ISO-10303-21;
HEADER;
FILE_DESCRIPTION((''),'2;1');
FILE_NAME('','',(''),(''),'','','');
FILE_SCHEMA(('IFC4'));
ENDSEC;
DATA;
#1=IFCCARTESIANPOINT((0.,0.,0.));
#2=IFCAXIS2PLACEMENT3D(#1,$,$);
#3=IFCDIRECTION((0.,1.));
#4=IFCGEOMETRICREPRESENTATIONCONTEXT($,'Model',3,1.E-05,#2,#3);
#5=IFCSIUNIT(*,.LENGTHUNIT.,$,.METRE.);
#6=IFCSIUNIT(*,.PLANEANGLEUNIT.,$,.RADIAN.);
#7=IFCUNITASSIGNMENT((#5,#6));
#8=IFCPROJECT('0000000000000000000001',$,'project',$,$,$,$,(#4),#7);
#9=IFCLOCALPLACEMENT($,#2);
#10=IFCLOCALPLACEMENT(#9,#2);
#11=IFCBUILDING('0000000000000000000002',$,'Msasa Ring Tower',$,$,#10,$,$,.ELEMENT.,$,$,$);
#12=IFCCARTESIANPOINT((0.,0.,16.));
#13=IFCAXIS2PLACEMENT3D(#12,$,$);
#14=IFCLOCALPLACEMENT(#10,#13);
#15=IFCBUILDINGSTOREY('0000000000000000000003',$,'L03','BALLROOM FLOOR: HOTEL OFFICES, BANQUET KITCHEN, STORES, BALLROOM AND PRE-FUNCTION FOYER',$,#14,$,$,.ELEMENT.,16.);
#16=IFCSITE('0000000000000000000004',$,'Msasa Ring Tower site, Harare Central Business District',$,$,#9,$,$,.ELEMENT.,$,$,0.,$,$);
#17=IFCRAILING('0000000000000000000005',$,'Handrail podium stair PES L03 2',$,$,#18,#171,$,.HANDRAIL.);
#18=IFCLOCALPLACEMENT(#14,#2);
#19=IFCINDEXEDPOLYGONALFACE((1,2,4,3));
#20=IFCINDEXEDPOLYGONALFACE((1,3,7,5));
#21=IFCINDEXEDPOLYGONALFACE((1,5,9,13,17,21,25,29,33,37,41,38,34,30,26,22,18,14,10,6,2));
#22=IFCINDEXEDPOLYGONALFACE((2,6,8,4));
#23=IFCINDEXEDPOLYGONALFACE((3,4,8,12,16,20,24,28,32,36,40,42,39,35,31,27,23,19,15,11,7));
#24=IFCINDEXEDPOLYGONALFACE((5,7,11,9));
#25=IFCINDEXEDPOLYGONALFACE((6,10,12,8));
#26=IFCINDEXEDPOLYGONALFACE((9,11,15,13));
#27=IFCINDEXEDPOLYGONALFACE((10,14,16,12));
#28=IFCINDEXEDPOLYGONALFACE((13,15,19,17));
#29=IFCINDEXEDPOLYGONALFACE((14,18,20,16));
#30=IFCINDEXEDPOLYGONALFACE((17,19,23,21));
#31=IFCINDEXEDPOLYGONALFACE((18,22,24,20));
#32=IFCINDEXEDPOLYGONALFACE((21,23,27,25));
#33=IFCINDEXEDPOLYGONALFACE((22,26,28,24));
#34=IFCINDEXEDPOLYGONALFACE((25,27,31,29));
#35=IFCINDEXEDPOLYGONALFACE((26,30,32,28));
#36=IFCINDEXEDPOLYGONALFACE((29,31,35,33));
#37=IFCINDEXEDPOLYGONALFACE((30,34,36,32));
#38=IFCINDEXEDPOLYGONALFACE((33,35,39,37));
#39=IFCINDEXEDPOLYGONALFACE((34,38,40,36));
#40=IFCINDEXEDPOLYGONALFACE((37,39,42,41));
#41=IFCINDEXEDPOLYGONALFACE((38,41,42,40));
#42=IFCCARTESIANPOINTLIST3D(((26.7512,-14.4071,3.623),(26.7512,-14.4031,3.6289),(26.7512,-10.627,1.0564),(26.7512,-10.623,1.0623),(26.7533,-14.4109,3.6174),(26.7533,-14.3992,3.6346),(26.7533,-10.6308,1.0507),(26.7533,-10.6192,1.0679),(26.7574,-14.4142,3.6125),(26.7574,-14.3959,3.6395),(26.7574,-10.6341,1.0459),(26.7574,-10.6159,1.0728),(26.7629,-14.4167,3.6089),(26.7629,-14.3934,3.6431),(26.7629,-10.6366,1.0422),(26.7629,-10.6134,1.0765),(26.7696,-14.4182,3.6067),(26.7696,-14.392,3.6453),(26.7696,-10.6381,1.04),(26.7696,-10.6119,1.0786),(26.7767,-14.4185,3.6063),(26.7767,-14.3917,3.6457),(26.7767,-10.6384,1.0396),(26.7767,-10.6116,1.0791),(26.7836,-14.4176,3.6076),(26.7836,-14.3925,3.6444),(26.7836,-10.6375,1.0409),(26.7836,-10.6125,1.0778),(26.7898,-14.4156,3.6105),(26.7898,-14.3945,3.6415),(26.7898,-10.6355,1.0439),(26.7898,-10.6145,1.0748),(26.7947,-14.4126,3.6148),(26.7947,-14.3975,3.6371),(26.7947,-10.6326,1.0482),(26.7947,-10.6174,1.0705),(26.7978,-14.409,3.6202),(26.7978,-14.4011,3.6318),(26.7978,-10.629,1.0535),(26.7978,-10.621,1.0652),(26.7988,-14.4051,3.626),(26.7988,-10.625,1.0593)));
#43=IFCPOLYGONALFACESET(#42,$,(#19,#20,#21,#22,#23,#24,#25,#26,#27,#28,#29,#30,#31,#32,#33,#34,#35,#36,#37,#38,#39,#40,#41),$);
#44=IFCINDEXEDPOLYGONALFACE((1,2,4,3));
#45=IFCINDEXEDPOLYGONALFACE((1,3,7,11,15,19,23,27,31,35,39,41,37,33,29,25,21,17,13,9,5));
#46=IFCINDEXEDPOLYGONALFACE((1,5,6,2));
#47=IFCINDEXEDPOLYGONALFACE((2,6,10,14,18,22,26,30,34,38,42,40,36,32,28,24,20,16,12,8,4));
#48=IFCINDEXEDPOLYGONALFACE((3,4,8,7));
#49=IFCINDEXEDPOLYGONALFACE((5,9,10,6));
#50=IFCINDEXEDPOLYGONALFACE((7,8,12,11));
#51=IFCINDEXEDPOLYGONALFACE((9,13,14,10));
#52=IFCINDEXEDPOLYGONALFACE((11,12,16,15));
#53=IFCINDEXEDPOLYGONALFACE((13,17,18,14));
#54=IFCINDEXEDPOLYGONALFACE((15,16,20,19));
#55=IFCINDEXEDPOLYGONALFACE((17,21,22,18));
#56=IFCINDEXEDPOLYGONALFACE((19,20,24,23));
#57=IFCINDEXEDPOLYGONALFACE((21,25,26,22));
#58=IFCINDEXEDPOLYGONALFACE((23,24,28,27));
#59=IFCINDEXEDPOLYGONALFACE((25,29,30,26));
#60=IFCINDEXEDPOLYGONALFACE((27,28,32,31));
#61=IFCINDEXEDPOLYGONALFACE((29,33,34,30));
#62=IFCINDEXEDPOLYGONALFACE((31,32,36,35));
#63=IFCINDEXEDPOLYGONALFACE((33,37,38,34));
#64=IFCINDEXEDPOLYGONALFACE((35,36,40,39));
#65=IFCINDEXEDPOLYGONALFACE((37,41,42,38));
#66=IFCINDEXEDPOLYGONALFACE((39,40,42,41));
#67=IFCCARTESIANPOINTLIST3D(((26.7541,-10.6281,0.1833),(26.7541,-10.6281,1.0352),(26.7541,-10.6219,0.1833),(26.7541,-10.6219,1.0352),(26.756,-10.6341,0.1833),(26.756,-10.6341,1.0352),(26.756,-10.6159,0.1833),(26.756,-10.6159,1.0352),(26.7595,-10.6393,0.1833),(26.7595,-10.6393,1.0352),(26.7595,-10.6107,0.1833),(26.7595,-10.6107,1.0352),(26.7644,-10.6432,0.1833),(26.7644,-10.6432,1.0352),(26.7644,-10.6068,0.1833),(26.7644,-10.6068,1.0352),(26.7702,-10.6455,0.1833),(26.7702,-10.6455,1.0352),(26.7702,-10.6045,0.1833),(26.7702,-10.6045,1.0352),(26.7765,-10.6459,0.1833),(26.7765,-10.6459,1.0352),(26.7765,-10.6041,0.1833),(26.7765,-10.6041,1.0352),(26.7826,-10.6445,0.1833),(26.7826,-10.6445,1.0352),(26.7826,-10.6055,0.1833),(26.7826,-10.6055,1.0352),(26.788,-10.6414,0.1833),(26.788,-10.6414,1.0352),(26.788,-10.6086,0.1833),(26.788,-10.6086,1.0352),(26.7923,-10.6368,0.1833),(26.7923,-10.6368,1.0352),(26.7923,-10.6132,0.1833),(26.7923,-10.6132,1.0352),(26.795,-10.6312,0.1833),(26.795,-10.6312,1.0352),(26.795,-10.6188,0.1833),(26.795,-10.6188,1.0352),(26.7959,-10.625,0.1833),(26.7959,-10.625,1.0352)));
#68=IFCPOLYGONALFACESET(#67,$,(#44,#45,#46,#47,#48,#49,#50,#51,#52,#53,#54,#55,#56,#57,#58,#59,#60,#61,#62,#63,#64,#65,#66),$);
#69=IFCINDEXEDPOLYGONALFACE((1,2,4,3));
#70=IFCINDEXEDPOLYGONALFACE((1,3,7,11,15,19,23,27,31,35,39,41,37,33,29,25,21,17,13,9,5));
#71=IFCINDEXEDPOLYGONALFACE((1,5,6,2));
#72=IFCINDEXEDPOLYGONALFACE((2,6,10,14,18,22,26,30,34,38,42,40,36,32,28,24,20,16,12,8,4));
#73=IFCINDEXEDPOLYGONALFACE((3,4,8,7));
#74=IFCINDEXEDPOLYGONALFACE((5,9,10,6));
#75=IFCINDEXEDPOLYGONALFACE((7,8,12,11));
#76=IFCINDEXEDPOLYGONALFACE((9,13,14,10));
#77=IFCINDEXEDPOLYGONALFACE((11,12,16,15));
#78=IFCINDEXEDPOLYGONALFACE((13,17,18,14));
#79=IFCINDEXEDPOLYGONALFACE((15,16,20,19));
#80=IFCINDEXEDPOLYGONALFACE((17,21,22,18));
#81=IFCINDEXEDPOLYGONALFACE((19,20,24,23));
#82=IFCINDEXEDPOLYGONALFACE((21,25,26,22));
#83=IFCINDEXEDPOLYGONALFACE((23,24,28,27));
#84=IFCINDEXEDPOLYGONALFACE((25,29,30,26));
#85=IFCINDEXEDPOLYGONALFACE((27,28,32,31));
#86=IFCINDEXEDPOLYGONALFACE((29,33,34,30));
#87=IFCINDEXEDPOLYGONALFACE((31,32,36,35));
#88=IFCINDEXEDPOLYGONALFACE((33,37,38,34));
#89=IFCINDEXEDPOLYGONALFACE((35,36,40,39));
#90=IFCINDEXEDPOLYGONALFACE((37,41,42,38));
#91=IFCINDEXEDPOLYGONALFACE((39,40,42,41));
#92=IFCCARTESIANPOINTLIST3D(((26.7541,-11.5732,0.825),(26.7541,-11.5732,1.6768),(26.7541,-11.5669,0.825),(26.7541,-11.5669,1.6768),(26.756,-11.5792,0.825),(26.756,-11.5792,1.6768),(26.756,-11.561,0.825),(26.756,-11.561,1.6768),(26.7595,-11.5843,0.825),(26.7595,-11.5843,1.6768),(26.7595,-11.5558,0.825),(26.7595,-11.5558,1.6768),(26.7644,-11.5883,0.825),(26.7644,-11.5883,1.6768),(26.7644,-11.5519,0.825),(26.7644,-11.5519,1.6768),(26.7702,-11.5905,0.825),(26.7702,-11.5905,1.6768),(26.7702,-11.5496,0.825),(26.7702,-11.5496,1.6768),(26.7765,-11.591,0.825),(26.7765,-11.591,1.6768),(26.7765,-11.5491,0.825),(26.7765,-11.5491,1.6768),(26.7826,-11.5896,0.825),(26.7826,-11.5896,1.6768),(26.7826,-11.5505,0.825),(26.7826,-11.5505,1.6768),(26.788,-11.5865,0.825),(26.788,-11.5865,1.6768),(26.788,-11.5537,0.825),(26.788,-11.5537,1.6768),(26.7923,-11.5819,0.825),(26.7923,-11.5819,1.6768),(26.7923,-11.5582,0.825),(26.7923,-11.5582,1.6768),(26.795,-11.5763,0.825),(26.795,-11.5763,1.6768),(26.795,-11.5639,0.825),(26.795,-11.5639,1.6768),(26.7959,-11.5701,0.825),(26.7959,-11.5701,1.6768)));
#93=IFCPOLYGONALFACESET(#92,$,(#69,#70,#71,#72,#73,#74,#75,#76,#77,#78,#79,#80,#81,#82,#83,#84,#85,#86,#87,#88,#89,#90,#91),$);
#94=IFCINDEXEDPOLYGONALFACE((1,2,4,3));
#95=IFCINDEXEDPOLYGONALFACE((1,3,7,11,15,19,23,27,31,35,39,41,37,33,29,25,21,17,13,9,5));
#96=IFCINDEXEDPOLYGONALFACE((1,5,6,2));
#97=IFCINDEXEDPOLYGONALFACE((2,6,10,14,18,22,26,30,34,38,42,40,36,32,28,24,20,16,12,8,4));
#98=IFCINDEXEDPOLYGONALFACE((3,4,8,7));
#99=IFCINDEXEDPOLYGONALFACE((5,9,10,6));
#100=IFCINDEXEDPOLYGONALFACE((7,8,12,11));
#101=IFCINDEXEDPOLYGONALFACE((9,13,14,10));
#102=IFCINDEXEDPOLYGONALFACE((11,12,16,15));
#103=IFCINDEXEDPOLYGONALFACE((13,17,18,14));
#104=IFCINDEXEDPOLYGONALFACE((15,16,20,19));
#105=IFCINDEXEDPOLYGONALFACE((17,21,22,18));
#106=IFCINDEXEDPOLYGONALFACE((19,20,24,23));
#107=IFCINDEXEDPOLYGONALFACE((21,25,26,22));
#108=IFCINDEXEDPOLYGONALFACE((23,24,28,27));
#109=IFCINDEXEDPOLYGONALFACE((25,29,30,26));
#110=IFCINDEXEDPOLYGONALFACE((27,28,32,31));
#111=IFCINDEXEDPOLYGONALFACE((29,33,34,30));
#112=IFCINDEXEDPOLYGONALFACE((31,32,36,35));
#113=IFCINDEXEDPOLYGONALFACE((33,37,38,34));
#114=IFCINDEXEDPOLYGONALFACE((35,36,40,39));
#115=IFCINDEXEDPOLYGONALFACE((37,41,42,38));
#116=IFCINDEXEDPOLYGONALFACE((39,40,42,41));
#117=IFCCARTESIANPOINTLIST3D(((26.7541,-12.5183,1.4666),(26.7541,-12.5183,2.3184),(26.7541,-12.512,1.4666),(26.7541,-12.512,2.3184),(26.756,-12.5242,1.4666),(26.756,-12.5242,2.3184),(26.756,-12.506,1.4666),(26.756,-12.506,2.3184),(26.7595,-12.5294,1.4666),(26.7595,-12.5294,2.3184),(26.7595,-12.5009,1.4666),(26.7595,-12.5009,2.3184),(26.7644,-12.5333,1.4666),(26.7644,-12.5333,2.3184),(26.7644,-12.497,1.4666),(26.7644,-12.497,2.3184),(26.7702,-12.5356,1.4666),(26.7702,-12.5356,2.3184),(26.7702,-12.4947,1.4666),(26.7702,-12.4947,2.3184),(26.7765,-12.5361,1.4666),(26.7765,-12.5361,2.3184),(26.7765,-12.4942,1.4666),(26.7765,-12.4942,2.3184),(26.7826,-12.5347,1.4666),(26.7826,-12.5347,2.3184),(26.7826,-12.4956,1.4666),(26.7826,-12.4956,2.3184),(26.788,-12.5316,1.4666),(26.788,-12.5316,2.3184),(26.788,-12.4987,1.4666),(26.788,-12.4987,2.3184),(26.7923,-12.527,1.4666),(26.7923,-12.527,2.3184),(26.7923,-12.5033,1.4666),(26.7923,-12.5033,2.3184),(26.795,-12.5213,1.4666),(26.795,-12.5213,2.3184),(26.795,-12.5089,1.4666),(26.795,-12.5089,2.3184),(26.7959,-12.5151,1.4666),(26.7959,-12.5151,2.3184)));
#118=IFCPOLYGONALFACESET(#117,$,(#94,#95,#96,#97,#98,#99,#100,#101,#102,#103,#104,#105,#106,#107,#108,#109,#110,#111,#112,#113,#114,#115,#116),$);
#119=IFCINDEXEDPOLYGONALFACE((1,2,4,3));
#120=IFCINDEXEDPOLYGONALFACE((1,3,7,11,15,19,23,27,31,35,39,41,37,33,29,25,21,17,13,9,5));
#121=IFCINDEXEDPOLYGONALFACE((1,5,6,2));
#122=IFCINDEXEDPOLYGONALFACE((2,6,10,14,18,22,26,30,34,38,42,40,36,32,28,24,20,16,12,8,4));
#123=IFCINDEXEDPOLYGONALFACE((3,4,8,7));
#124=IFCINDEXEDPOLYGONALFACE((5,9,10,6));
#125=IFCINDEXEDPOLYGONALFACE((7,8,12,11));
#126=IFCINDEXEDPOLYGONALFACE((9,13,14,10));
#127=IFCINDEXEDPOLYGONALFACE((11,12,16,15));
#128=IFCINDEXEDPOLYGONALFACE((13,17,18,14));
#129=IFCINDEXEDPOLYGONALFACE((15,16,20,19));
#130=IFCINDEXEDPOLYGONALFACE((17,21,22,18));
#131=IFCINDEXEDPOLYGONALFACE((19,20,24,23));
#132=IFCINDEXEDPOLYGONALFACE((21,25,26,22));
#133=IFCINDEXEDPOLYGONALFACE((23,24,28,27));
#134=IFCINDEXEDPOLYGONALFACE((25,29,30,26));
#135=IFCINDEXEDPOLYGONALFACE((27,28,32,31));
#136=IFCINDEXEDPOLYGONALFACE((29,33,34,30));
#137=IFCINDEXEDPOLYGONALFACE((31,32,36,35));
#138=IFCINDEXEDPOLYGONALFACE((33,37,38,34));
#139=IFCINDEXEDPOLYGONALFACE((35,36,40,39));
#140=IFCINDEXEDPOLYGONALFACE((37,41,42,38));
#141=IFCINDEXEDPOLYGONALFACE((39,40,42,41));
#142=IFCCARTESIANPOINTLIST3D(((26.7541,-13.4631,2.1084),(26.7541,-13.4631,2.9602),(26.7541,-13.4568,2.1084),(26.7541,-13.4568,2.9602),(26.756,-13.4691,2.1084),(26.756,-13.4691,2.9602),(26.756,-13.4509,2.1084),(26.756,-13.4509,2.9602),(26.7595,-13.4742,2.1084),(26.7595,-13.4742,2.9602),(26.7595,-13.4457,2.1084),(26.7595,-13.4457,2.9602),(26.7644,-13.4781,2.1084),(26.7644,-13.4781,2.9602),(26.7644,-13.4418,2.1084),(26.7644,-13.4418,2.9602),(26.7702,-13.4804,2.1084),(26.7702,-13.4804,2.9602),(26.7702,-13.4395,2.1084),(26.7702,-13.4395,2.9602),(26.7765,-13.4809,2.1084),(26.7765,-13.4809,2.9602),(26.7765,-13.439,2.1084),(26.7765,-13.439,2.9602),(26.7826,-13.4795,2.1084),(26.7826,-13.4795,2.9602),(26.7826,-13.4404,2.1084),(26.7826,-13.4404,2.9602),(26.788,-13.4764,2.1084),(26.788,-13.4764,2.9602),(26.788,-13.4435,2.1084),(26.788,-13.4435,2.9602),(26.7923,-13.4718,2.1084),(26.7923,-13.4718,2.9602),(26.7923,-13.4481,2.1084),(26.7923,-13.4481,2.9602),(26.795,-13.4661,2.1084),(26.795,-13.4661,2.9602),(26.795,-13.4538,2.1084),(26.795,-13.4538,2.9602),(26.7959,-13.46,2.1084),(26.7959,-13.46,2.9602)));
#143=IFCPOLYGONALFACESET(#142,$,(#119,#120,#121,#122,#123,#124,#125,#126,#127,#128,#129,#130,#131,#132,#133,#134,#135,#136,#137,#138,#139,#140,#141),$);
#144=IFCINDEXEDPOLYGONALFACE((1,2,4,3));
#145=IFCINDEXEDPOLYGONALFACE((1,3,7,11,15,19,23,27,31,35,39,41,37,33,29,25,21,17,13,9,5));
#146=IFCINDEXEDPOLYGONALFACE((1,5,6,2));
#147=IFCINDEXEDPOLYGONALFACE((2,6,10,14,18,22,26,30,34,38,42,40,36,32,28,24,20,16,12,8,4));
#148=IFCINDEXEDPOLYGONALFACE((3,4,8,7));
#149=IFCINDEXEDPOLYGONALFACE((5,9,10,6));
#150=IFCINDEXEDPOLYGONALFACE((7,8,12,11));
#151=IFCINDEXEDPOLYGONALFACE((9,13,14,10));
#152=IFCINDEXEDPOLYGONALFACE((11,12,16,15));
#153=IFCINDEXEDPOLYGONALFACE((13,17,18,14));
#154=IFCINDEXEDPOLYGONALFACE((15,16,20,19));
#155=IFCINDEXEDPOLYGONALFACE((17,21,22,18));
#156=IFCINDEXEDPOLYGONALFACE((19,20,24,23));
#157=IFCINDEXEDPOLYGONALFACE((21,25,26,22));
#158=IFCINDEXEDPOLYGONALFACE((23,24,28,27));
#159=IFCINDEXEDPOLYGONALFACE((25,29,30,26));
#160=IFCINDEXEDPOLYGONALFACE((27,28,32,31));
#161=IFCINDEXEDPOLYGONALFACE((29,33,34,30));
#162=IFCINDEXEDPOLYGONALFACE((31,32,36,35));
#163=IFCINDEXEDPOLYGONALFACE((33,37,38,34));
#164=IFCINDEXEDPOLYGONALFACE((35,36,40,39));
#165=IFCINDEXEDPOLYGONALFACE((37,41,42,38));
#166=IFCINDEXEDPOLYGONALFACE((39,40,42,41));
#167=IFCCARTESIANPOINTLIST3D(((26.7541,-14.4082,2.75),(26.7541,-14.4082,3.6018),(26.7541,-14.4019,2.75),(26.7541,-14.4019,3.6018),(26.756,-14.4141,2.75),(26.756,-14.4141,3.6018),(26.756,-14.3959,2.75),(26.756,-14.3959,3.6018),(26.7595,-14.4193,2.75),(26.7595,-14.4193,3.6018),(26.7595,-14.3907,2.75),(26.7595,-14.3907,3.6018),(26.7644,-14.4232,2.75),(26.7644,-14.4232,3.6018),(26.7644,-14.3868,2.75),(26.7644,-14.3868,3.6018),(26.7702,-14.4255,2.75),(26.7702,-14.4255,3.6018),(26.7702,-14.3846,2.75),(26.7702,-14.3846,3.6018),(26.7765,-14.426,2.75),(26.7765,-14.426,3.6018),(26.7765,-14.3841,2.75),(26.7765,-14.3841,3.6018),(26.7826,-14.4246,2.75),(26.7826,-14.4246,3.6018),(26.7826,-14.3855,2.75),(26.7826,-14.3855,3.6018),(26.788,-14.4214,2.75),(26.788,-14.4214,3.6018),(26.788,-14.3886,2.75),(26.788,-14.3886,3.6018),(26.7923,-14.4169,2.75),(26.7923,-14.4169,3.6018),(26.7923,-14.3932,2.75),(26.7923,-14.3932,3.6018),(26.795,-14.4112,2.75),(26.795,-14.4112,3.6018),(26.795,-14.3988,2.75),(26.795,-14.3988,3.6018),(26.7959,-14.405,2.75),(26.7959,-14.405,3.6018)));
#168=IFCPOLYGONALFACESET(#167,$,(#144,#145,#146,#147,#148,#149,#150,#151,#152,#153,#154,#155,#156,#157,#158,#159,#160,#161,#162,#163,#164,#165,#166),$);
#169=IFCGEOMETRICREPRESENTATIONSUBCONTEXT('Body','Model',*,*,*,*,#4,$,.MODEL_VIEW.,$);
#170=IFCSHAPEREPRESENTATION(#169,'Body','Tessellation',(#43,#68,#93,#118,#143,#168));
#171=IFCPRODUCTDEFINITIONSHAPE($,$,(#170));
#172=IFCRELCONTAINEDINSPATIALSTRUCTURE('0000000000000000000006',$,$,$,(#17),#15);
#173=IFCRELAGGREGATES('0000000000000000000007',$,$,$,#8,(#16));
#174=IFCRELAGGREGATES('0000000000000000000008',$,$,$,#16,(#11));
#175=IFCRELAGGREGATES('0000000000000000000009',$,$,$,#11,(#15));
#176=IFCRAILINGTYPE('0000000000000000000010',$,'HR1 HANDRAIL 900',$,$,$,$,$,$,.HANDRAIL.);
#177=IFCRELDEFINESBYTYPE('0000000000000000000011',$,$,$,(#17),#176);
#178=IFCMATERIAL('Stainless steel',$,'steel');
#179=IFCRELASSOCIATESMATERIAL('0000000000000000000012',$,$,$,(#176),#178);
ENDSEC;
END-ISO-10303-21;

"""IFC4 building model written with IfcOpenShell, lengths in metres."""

from ifc_helpers import new_model, si_unit, direction, frame, origin, origin_2d, place, context, subcontext, project, spatial, circle, extrude, material, type_object, element, save


model = new_model("IFC4")

# Units and contexts
model_context = context("Model", 3, precision=1e-05, world=origin(), true_north=direction((0.0, 1.0)))
body_context = subcontext(model_context, "Body", "Model", "MODEL_VIEW")
ifc_project = project(units=[si_unit("LENGTHUNIT", "METRE"), si_unit("PLANEANGLEUNIT", "RADIAN")], contexts=[model_context])

# Site, building, storey
site_placement = place(None, origin())
site = spatial("IfcSite", under=ifc_project, at=site_placement, Name="Msasa Ring Tower site, Harare Central Business District", CompositionType="ELEMENT", RefElevation=0.0)
building_placement = place(site_placement, origin())
building = spatial("IfcBuilding", under=site, at=building_placement, Name="Msasa Ring Tower", CompositionType="ELEMENT")
storey_placement = place(building_placement, frame((0.0, 0.0, 16.0)))
storey = spatial("IfcBuildingStorey", under=building, at=storey_placement, Name="L03", Description="BALLROOM FLOOR: HOTEL OFFICES, BANQUET KITCHEN, STORES, BALLROOM AND PRE-FUNCTION FOYER", CompositionType="ELEMENT", Elevation=16.0)

# Railing
ifc_material_1 = material(Name="Stainless steel", Category="steel")
railing_type = type_object("IfcRailingType", Name="HR1 HANDRAIL 900", PredefinedType="HANDRAIL", material=ifc_material_1)
for number, where, name in (
    (1, (26.7749, -10.625, 0.1833), "Handrail podium stair PES L03 2"),
):
    element("IfcRailing", number, at=place(storey_placement, frame(where)), inside=storey, type_object=railing_type, Name=name, PredefinedType="HANDRAIL", context=body_context, shape_type="SweptSolid", body=[
        extrude(circle(Radius=0.0239, at=origin_2d()), frame((0.0, 0.0, 0.876), z_axis=(0.0, -0.82731, 0.561746), x_axis=(1.0, 0.0, 0.0)), (0.0, 0.0, 1.0), 4.5691),
        extrude(circle(Radius=0.021, at=origin_2d()), origin(), (0.0, 0.0, 1.0), 0.8518),
        extrude(circle(Radius=0.021, at=origin_2d()), frame((0.0, -0.9451, 0.6416)), (0.0, 0.0, 1.0), 0.8518),
        extrude(circle(Radius=0.021, at=origin_2d()), frame((0.0, -1.8901, 1.2832)), (0.0, 0.0, 1.0), 0.8518),
        extrude(circle(Radius=0.021, at=origin_2d()), frame((0.0, -2.835, 1.925)), (0.0, 0.0, 1.0), 0.8518),
        extrude(circle(Radius=0.021, at=origin_2d()), frame((0.0, -3.78, 2.5667)), (0.0, 0.0, 1.0), 0.8518),
    ])

save(model, "model.ifc")
